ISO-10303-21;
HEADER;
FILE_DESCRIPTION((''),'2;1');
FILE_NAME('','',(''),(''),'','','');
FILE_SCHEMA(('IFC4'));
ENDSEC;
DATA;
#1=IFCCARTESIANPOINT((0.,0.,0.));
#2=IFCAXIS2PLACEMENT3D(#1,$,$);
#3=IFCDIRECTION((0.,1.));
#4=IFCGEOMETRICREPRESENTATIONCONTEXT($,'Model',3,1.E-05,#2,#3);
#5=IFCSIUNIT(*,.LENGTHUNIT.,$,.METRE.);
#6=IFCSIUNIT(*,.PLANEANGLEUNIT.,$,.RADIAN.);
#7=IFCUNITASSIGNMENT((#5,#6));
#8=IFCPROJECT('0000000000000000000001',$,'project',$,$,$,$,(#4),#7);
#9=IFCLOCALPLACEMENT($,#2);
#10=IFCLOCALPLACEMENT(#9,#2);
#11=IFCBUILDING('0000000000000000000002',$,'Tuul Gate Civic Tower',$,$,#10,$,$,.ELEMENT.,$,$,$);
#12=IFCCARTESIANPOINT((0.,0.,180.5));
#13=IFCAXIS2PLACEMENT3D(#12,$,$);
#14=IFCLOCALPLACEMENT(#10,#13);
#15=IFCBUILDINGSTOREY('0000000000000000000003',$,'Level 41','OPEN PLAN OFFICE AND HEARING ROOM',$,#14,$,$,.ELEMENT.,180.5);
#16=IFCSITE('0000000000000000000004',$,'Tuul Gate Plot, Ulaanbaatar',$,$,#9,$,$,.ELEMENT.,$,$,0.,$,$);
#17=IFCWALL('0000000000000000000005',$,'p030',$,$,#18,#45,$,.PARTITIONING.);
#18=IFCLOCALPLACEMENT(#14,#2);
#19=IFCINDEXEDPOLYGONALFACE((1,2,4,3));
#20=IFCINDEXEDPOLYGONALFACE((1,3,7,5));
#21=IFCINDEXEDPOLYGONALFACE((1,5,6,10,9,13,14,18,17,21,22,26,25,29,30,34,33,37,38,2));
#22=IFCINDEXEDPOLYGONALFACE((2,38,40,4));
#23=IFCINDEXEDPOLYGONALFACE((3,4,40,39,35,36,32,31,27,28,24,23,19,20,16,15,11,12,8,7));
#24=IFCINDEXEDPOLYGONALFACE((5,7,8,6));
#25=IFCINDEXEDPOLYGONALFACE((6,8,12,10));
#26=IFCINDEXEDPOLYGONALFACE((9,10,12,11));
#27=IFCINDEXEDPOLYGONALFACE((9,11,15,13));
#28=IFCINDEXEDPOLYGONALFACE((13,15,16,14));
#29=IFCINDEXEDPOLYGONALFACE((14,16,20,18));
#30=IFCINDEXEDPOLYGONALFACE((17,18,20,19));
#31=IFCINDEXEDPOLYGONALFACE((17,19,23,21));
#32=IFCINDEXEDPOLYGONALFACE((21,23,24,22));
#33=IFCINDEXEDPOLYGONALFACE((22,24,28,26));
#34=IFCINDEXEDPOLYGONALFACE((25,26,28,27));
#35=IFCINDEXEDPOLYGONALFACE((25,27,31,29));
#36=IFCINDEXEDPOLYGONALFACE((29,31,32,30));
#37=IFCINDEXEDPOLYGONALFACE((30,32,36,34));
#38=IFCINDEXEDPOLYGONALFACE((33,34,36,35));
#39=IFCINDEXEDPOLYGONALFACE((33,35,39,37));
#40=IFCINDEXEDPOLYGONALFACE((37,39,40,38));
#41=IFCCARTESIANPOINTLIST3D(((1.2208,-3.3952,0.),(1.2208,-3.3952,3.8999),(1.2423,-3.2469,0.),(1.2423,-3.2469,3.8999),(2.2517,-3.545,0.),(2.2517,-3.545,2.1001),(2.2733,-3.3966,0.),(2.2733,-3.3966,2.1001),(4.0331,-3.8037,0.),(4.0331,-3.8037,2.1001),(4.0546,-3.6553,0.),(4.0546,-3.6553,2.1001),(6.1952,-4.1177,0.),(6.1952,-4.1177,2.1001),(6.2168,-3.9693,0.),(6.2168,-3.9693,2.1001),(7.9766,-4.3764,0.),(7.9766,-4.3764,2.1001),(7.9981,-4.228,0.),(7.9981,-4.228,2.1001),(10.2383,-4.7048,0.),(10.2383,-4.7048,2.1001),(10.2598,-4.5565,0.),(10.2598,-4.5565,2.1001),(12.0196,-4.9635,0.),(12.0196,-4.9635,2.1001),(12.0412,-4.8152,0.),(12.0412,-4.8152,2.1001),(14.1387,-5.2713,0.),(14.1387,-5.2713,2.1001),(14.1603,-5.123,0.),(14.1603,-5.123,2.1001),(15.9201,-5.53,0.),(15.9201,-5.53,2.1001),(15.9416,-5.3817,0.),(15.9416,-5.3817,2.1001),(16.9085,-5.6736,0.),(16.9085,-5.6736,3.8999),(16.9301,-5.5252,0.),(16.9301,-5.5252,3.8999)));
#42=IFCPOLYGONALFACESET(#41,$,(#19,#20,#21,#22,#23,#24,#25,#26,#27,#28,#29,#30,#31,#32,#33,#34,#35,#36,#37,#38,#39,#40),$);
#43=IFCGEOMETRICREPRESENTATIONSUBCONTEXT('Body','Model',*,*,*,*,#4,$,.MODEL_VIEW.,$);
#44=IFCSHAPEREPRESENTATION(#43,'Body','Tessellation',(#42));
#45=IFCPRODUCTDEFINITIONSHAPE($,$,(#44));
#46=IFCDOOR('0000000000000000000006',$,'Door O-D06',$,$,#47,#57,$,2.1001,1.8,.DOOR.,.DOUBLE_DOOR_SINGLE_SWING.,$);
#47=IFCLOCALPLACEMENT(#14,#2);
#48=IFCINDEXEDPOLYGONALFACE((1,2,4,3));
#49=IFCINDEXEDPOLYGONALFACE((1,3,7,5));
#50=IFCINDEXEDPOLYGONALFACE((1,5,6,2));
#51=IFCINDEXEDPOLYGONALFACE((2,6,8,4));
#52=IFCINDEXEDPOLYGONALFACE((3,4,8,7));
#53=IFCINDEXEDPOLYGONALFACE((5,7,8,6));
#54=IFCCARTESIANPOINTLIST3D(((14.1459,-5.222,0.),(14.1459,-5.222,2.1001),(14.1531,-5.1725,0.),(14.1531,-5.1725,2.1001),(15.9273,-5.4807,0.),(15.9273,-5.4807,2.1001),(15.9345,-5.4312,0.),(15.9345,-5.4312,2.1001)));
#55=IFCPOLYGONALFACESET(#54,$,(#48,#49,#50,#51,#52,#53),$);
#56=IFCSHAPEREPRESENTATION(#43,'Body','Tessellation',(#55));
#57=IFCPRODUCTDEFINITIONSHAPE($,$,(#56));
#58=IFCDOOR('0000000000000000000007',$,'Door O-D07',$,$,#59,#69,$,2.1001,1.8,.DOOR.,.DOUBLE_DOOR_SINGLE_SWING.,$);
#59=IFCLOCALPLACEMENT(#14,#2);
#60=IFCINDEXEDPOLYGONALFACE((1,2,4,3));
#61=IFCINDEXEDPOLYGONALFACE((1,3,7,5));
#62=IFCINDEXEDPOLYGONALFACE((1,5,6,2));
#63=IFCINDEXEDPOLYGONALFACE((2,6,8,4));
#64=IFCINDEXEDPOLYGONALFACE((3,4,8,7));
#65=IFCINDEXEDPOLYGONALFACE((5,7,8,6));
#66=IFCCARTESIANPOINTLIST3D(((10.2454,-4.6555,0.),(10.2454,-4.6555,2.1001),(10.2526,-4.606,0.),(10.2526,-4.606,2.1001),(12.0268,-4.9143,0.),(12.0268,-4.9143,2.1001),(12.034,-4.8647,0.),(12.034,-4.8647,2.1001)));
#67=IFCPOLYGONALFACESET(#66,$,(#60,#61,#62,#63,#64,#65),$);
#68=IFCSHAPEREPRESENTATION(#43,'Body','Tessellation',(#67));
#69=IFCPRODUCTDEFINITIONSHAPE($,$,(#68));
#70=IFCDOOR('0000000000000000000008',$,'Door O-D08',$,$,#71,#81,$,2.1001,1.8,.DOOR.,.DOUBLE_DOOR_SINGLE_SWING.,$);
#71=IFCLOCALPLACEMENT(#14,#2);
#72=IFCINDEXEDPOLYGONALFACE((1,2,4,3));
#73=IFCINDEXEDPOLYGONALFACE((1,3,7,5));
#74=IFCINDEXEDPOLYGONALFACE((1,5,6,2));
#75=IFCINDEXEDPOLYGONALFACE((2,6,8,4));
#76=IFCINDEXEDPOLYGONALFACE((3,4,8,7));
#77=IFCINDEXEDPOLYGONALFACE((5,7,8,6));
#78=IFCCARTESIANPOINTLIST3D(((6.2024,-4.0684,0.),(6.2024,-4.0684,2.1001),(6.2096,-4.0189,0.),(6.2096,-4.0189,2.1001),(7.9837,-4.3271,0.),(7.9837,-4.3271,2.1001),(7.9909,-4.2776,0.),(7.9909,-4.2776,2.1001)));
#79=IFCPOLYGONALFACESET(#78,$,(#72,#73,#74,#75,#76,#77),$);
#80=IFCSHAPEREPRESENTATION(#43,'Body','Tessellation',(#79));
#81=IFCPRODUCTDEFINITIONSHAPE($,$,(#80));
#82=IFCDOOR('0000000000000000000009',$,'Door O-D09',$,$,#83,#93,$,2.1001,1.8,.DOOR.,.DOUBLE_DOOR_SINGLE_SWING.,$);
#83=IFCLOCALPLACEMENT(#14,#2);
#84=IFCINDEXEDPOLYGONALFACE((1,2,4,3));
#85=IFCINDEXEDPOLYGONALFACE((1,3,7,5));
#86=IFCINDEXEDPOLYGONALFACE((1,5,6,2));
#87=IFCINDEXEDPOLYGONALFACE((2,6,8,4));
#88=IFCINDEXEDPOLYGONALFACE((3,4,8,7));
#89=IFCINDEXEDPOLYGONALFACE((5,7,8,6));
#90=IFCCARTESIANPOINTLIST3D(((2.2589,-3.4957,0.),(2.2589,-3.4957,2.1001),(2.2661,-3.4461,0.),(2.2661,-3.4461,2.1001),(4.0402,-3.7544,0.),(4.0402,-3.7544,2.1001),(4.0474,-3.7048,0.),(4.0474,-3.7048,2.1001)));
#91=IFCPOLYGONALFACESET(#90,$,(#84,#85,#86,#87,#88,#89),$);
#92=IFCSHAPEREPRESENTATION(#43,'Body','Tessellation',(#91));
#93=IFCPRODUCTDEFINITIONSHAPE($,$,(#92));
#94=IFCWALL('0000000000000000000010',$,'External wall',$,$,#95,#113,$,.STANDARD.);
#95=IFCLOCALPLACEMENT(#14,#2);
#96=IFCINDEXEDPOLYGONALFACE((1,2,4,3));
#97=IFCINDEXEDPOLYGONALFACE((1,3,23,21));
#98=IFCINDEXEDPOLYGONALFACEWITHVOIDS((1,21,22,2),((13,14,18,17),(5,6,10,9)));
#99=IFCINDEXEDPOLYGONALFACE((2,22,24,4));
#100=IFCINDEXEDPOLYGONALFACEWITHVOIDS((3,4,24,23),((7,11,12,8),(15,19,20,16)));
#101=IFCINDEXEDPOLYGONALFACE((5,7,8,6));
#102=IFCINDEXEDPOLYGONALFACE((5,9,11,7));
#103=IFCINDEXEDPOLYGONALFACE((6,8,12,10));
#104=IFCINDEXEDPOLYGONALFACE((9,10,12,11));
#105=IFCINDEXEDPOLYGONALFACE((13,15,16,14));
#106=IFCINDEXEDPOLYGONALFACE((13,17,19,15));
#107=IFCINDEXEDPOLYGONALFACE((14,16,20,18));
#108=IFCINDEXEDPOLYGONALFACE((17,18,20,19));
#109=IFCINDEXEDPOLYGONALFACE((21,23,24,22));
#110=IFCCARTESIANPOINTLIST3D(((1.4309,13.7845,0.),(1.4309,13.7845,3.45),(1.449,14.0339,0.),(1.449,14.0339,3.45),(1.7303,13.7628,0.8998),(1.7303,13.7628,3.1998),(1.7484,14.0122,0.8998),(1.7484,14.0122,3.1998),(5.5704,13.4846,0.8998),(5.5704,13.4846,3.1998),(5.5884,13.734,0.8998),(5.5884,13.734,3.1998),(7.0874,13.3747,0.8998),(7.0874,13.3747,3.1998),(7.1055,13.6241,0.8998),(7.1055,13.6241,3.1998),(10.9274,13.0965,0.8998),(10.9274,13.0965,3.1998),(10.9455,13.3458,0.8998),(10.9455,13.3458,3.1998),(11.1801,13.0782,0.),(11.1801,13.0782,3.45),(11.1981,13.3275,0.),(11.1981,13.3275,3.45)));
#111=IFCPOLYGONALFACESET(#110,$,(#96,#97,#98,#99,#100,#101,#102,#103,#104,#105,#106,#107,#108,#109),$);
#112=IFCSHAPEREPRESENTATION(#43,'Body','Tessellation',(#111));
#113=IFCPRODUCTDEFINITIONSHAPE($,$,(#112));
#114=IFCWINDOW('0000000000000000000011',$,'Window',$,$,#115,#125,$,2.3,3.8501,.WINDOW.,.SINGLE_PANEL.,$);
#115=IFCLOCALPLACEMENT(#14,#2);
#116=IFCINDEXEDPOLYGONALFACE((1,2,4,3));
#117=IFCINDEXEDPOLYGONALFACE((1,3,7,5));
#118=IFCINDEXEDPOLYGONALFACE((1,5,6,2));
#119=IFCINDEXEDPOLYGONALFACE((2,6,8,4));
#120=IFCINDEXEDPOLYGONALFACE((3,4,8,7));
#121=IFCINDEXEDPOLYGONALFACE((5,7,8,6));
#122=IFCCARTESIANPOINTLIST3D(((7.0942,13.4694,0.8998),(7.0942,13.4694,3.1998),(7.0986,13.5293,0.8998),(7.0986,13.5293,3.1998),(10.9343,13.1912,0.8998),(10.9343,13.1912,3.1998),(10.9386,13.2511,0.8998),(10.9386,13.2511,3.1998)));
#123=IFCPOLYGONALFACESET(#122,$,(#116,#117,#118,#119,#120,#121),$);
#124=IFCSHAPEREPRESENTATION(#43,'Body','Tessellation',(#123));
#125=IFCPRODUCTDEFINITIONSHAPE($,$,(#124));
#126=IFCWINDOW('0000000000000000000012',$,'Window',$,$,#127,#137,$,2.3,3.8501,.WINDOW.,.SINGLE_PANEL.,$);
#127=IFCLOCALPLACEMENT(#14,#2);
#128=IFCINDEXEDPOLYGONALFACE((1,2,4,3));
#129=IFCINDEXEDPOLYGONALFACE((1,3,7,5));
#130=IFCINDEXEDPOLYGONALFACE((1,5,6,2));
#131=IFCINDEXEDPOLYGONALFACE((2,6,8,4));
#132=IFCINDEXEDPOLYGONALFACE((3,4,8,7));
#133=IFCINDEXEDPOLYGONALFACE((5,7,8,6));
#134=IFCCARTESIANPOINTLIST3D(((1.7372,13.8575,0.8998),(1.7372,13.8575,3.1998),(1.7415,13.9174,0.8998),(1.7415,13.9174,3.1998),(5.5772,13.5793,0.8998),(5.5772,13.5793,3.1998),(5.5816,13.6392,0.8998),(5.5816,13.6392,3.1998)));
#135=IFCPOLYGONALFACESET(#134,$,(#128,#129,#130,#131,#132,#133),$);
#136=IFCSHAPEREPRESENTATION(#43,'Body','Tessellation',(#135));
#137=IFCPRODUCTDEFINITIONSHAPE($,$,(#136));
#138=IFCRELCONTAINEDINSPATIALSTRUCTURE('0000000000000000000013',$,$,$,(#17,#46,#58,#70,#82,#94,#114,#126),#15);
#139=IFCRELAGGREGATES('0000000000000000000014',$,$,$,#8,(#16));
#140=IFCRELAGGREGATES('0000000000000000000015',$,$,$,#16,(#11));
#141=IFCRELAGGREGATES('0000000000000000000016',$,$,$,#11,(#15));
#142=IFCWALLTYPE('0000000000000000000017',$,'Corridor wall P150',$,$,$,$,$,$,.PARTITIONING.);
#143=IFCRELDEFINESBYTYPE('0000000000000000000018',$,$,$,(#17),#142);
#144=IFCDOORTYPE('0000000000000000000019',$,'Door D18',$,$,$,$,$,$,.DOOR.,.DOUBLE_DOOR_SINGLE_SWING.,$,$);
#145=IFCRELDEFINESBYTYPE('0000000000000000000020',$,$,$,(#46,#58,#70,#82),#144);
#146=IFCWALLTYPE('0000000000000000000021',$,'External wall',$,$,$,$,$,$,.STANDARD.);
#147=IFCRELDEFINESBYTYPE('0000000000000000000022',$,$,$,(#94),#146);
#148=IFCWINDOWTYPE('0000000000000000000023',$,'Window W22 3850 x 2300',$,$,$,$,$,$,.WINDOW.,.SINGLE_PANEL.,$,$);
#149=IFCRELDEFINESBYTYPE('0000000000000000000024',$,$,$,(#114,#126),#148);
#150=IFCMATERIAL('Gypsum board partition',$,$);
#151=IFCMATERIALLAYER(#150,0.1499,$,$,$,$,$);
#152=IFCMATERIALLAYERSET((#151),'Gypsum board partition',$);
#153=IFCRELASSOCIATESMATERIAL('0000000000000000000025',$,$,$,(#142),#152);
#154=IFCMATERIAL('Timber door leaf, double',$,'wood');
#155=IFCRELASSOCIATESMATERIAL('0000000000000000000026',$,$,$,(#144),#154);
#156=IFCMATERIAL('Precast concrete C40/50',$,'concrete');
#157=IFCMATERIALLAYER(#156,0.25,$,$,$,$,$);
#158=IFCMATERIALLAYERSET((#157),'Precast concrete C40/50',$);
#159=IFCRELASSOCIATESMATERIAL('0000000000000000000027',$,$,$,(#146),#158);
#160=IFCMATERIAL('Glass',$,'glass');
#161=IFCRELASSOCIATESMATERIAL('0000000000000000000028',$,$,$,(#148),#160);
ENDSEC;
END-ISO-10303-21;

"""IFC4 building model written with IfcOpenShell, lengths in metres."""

from ifc_helpers import new_model, si_unit, direction, frame, frame_2d, origin, place, context, subcontext, project, spatial, rectangle, extrude, material, layer, layer_set, type_object, element, fill, save


model = new_model("IFC4")

# Units and contexts
model_context = context("Model", 3, precision=1e-05, world=origin(), true_north=direction((0.0, 1.0)))
body_context = subcontext(model_context, "Body", "Model", "MODEL_VIEW")
ifc_project = project(units=[si_unit("LENGTHUNIT", "METRE"), si_unit("PLANEANGLEUNIT", "RADIAN")], contexts=[model_context])

# Site, building, storey
site_placement = place(None, origin())
site = spatial("IfcSite", under=ifc_project, at=site_placement, Name="Tuul Gate Plot, Ulaanbaatar", CompositionType="ELEMENT", RefElevation=0.0)
building_placement = place(site_placement, origin())
building = spatial("IfcBuilding", under=site, at=building_placement, Name="Tuul Gate Civic Tower", CompositionType="ELEMENT")
storey_placement = place(building_placement, frame((0.0, 0.0, 180.5)))
storey = spatial("IfcBuildingStorey", under=building, at=storey_placement, Name="Level 41", Description="OPEN PLAN OFFICE AND HEARING ROOM", CompositionType="ELEMENT", Elevation=180.5)

# Wall, openings, doors
ifc_material_1 = material(Name="Gypsum board partition")
ifc_layer_1 = layer(ifc_material_1, 0.1499)
ifc_layer_set_1 = layer_set([ifc_layer_1], Name="Gypsum board partition")
wall_type_1 = type_object("IfcWallType", Name="Corridor wall P150", PredefinedType="PARTITIONING", material=ifc_layer_set_1)
wall_1_placement = place(storey_placement, frame((1.2314, -3.321, 0.0), z_axis=(0.0, 0.0, 1.0), x_axis=(0.989618, -0.143722, 0.0)))
wall_1 = element("IfcWall", 1, at=wall_1_placement, inside=storey, type_object=wall_type_1, Name="p030", PredefinedType="PARTITIONING", context=body_context, shape_type="SweptSolid", body=[
    extrude(rectangle(XDim=15.8523, YDim=0.1499, at=frame_2d((7.9263, 0.0))), origin(), (0.0, 0.0, 1.0), 3.8999),
])
opening_1_placement = place(wall_1_placement, frame((13.0537, 0.0, 0.0)))
opening_1 = element("IfcOpeningElement", 2, at=opening_1_placement, cuts=wall_1, PredefinedType="OPENING", context=body_context, shape_type="SweptSolid", body=[
    extrude(rectangle(XDim=1.8, YDim=2.1001, at=frame_2d((0.8999, 1.05))), frame((0.0, 0.085, 0.0), z_axis=(0.0, -1.0, 0.0), x_axis=(1.0, 0.0, 0.0)), (0.0, 0.0, 1.0), 0.1699),
])
opening_2_placement = place(wall_1_placement, frame((9.1123, 0.0, 0.0)))
opening_2 = element("IfcOpeningElement", 3, at=opening_2_placement, cuts=wall_1, PredefinedType="OPENING", context=body_context, shape_type="SweptSolid", body=[
    extrude(rectangle(XDim=1.8, YDim=2.1001, at=frame_2d((0.8999, 1.05))), frame((0.0, 0.085, 0.0), z_axis=(0.0, -1.0, 0.0), x_axis=(1.0, 0.0, 0.0)), (0.0, 0.0, 1.0), 0.1699),
])
opening_3_placement = place(wall_1_placement, frame((5.0269, 0.0, 0.0)))
opening_3 = element("IfcOpeningElement", 4, at=opening_3_placement, cuts=wall_1, PredefinedType="OPENING", context=body_context, shape_type="SweptSolid", body=[
    extrude(rectangle(XDim=1.8, YDim=2.1001, at=frame_2d((0.8999, 1.05))), frame((0.0, 0.085, 0.0), z_axis=(0.0, -1.0, 0.0), x_axis=(1.0, 0.0, 0.0)), (0.0, 0.0, 1.0), 0.1699),
])
opening_4_placement = place(wall_1_placement, frame((1.042, 0.0, 0.0)))
opening_4 = element("IfcOpeningElement", 5, at=opening_4_placement, cuts=wall_1, PredefinedType="OPENING", context=body_context, shape_type="SweptSolid", body=[
    extrude(rectangle(XDim=1.8, YDim=2.1001, at=frame_2d((0.8999, 1.05))), frame((0.0, 0.085, 0.0), z_axis=(0.0, -1.0, 0.0), x_axis=(1.0, 0.0, 0.0)), (0.0, 0.0, 1.0), 0.1699),
])
ifc_material_2 = material(Name="Timber door leaf, double", Category="wood")
door_type = type_object("IfcDoorType", Name="Door D18", OperationType="DOUBLE_DOOR_SINGLE_SWING", PredefinedType="DOOR", material=ifc_material_2)
door_1_placement = place(opening_1_placement, origin())
door_1 = element("IfcDoor", 6, at=door_1_placement, inside=storey, type_object=door_type, Name="Door O-D06", OperationType="DOUBLE_DOOR_SINGLE_SWING", OverallHeight=2.1001, OverallWidth=1.8, PredefinedType="DOOR", context=body_context, shape_type="SweptSolid", body=[
    extrude(rectangle(XDim=1.8, YDim=2.1001, at=frame_2d((0.8999, 1.05))), frame((0.0, 0.0249, 0.0), z_axis=(0.0, -1.0, 0.0), x_axis=(1.0, 0.0, 0.0)), (0.0, 0.0, 1.0), 0.05),
])
fill(opening_1, door_1)
door_2_placement = place(opening_2_placement, origin())
door_2 = element("IfcDoor", 7, at=door_2_placement, inside=storey, type_object=door_type, Name="Door O-D07", OperationType="DOUBLE_DOOR_SINGLE_SWING", OverallHeight=2.1001, OverallWidth=1.8, PredefinedType="DOOR", context=body_context, shape_type="SweptSolid", body=[
    extrude(rectangle(XDim=1.8, YDim=2.1001, at=frame_2d((0.8999, 1.05))), frame((0.0, 0.0249, 0.0), z_axis=(0.0, -1.0, 0.0), x_axis=(1.0, 0.0, 0.0)), (0.0, 0.0, 1.0), 0.05),
])
fill(opening_2, door_2)
door_3_placement = place(opening_3_placement, origin())
door_3 = element("IfcDoor", 8, at=door_3_placement, inside=storey, type_object=door_type, Name="Door O-D08", OperationType="DOUBLE_DOOR_SINGLE_SWING", OverallHeight=2.1001, OverallWidth=1.8, PredefinedType="DOOR", context=body_context, shape_type="SweptSolid", body=[
    extrude(rectangle(XDim=1.8, YDim=2.1001, at=frame_2d((0.8999, 1.05))), frame((0.0, 0.0249, 0.0), z_axis=(0.0, -1.0, 0.0), x_axis=(1.0, 0.0, 0.0)), (0.0, 0.0, 1.0), 0.05),
])
fill(opening_3, door_3)
door_4_placement = place(opening_4_placement, origin())
door_4 = element("IfcDoor", 9, at=door_4_placement, inside=storey, type_object=door_type, Name="Door O-D09", OperationType="DOUBLE_DOOR_SINGLE_SWING", OverallHeight=2.1001, OverallWidth=1.8, PredefinedType="DOOR", context=body_context, shape_type="SweptSolid", body=[
    extrude(rectangle(XDim=1.8, YDim=2.1001, at=frame_2d((0.8999, 1.05))), frame((0.0, 0.0249, 0.0), z_axis=(0.0, -1.0, 0.0), x_axis=(1.0, 0.0, 0.0)), (0.0, 0.0, 1.0), 0.05),
])
fill(opening_4, door_4)

# Wall, openings, windows
ifc_material_3 = material(Name="Precast concrete C40/50", Category="concrete")
ifc_layer_2 = layer(ifc_material_3, 0.25)
ifc_layer_set_2 = layer_set([ifc_layer_2], Name="Precast concrete C40/50")
wall_type_2 = type_object("IfcWallType", Name="External wall", PredefinedType="STANDARD", material=ifc_layer_set_2)
wall_2_placement = place(storey_placement, frame((11.189, 13.2029, 0.0), z_axis=(0.0, 0.0, 1.0), x_axis=(-0.997386, 0.072259, 0.0)))
wall_2 = element("IfcWall", 10, at=wall_2_placement, inside=storey, type_object=wall_type_2, Name="External wall", PredefinedType="STANDARD", context=body_context, shape_type="SweptSolid", body=[
    extrude(rectangle(XDim=9.7747, YDim=0.25, at=frame_2d((4.8872, 0.0))), origin(), (0.0, 0.0, 1.0), 3.45),
])
opening_5_placement = place(wall_2_placement, frame((0.2532, 0.0, 0.8999)))
opening_5 = element("IfcOpeningElement", 11, at=opening_5_placement, cuts=wall_2, PredefinedType="OPENING", context=body_context, shape_type="SweptSolid", body=[
    extrude(rectangle(XDim=3.8501, YDim=2.3, at=frame_2d((1.925, 1.1499))), frame((0.0, 0.135, 0.0), z_axis=(0.0, -1.0, 0.0), x_axis=(1.0, 0.0, 0.0)), (0.0, 0.0, 1.0), 0.27),
])
opening_6_placement = place(wall_2_placement, frame((5.6243, 0.0, 0.8999)))
opening_6 = element("IfcOpeningElement", 12, at=opening_6_placement, cuts=wall_2, PredefinedType="OPENING", context=body_context, shape_type="SweptSolid", body=[
    extrude(rectangle(XDim=3.8501, YDim=2.3, at=frame_2d((1.925, 1.1499))), frame((0.0, 0.135, 0.0), z_axis=(0.0, -1.0, 0.0), x_axis=(1.0, 0.0, 0.0)), (0.0, 0.0, 1.0), 0.27),
])
ifc_material_4 = material(Name="Glass", Category="glass")
window_type = type_object("IfcWindowType", Name="Window W22 3850 x 2300", PartitioningType="SINGLE_PANEL", PredefinedType="WINDOW", material=ifc_material_4)
window_1_placement = place(opening_5_placement, origin())
window_1 = element("IfcWindow", 13, at=window_1_placement, inside=storey, type_object=window_type, Name="Window", OverallHeight=2.3, OverallWidth=3.8501, PartitioningType="SINGLE_PANEL", PredefinedType="WINDOW", context=body_context, shape_type="SweptSolid", body=[
    extrude(rectangle(XDim=3.8501, YDim=2.3, at=frame_2d((1.925, 1.1499))), frame((0.0, 0.03, 0.0), z_axis=(0.0, -1.0, 0.0), x_axis=(1.0, 0.0, 0.0)), (0.0, 0.0, 1.0), 0.0601),
])
fill(opening_5, window_1)
window_2_placement = place(opening_6_placement, origin())
window_2 = element("IfcWindow", 14, at=window_2_placement, inside=storey, type_object=window_type, Name="Window", OverallHeight=2.3, OverallWidth=3.8501, PartitioningType="SINGLE_PANEL", PredefinedType="WINDOW", context=body_context, shape_type="SweptSolid", body=[
    extrude(rectangle(XDim=3.8501, YDim=2.3, at=frame_2d((1.925, 1.1499))), frame((0.0, 0.03, 0.0), z_axis=(0.0, -1.0, 0.0), x_axis=(1.0, 0.0, 0.0)), (0.0, 0.0, 1.0), 0.0601),
])
fill(opening_6, window_2)

save(model, "model.ifc")
